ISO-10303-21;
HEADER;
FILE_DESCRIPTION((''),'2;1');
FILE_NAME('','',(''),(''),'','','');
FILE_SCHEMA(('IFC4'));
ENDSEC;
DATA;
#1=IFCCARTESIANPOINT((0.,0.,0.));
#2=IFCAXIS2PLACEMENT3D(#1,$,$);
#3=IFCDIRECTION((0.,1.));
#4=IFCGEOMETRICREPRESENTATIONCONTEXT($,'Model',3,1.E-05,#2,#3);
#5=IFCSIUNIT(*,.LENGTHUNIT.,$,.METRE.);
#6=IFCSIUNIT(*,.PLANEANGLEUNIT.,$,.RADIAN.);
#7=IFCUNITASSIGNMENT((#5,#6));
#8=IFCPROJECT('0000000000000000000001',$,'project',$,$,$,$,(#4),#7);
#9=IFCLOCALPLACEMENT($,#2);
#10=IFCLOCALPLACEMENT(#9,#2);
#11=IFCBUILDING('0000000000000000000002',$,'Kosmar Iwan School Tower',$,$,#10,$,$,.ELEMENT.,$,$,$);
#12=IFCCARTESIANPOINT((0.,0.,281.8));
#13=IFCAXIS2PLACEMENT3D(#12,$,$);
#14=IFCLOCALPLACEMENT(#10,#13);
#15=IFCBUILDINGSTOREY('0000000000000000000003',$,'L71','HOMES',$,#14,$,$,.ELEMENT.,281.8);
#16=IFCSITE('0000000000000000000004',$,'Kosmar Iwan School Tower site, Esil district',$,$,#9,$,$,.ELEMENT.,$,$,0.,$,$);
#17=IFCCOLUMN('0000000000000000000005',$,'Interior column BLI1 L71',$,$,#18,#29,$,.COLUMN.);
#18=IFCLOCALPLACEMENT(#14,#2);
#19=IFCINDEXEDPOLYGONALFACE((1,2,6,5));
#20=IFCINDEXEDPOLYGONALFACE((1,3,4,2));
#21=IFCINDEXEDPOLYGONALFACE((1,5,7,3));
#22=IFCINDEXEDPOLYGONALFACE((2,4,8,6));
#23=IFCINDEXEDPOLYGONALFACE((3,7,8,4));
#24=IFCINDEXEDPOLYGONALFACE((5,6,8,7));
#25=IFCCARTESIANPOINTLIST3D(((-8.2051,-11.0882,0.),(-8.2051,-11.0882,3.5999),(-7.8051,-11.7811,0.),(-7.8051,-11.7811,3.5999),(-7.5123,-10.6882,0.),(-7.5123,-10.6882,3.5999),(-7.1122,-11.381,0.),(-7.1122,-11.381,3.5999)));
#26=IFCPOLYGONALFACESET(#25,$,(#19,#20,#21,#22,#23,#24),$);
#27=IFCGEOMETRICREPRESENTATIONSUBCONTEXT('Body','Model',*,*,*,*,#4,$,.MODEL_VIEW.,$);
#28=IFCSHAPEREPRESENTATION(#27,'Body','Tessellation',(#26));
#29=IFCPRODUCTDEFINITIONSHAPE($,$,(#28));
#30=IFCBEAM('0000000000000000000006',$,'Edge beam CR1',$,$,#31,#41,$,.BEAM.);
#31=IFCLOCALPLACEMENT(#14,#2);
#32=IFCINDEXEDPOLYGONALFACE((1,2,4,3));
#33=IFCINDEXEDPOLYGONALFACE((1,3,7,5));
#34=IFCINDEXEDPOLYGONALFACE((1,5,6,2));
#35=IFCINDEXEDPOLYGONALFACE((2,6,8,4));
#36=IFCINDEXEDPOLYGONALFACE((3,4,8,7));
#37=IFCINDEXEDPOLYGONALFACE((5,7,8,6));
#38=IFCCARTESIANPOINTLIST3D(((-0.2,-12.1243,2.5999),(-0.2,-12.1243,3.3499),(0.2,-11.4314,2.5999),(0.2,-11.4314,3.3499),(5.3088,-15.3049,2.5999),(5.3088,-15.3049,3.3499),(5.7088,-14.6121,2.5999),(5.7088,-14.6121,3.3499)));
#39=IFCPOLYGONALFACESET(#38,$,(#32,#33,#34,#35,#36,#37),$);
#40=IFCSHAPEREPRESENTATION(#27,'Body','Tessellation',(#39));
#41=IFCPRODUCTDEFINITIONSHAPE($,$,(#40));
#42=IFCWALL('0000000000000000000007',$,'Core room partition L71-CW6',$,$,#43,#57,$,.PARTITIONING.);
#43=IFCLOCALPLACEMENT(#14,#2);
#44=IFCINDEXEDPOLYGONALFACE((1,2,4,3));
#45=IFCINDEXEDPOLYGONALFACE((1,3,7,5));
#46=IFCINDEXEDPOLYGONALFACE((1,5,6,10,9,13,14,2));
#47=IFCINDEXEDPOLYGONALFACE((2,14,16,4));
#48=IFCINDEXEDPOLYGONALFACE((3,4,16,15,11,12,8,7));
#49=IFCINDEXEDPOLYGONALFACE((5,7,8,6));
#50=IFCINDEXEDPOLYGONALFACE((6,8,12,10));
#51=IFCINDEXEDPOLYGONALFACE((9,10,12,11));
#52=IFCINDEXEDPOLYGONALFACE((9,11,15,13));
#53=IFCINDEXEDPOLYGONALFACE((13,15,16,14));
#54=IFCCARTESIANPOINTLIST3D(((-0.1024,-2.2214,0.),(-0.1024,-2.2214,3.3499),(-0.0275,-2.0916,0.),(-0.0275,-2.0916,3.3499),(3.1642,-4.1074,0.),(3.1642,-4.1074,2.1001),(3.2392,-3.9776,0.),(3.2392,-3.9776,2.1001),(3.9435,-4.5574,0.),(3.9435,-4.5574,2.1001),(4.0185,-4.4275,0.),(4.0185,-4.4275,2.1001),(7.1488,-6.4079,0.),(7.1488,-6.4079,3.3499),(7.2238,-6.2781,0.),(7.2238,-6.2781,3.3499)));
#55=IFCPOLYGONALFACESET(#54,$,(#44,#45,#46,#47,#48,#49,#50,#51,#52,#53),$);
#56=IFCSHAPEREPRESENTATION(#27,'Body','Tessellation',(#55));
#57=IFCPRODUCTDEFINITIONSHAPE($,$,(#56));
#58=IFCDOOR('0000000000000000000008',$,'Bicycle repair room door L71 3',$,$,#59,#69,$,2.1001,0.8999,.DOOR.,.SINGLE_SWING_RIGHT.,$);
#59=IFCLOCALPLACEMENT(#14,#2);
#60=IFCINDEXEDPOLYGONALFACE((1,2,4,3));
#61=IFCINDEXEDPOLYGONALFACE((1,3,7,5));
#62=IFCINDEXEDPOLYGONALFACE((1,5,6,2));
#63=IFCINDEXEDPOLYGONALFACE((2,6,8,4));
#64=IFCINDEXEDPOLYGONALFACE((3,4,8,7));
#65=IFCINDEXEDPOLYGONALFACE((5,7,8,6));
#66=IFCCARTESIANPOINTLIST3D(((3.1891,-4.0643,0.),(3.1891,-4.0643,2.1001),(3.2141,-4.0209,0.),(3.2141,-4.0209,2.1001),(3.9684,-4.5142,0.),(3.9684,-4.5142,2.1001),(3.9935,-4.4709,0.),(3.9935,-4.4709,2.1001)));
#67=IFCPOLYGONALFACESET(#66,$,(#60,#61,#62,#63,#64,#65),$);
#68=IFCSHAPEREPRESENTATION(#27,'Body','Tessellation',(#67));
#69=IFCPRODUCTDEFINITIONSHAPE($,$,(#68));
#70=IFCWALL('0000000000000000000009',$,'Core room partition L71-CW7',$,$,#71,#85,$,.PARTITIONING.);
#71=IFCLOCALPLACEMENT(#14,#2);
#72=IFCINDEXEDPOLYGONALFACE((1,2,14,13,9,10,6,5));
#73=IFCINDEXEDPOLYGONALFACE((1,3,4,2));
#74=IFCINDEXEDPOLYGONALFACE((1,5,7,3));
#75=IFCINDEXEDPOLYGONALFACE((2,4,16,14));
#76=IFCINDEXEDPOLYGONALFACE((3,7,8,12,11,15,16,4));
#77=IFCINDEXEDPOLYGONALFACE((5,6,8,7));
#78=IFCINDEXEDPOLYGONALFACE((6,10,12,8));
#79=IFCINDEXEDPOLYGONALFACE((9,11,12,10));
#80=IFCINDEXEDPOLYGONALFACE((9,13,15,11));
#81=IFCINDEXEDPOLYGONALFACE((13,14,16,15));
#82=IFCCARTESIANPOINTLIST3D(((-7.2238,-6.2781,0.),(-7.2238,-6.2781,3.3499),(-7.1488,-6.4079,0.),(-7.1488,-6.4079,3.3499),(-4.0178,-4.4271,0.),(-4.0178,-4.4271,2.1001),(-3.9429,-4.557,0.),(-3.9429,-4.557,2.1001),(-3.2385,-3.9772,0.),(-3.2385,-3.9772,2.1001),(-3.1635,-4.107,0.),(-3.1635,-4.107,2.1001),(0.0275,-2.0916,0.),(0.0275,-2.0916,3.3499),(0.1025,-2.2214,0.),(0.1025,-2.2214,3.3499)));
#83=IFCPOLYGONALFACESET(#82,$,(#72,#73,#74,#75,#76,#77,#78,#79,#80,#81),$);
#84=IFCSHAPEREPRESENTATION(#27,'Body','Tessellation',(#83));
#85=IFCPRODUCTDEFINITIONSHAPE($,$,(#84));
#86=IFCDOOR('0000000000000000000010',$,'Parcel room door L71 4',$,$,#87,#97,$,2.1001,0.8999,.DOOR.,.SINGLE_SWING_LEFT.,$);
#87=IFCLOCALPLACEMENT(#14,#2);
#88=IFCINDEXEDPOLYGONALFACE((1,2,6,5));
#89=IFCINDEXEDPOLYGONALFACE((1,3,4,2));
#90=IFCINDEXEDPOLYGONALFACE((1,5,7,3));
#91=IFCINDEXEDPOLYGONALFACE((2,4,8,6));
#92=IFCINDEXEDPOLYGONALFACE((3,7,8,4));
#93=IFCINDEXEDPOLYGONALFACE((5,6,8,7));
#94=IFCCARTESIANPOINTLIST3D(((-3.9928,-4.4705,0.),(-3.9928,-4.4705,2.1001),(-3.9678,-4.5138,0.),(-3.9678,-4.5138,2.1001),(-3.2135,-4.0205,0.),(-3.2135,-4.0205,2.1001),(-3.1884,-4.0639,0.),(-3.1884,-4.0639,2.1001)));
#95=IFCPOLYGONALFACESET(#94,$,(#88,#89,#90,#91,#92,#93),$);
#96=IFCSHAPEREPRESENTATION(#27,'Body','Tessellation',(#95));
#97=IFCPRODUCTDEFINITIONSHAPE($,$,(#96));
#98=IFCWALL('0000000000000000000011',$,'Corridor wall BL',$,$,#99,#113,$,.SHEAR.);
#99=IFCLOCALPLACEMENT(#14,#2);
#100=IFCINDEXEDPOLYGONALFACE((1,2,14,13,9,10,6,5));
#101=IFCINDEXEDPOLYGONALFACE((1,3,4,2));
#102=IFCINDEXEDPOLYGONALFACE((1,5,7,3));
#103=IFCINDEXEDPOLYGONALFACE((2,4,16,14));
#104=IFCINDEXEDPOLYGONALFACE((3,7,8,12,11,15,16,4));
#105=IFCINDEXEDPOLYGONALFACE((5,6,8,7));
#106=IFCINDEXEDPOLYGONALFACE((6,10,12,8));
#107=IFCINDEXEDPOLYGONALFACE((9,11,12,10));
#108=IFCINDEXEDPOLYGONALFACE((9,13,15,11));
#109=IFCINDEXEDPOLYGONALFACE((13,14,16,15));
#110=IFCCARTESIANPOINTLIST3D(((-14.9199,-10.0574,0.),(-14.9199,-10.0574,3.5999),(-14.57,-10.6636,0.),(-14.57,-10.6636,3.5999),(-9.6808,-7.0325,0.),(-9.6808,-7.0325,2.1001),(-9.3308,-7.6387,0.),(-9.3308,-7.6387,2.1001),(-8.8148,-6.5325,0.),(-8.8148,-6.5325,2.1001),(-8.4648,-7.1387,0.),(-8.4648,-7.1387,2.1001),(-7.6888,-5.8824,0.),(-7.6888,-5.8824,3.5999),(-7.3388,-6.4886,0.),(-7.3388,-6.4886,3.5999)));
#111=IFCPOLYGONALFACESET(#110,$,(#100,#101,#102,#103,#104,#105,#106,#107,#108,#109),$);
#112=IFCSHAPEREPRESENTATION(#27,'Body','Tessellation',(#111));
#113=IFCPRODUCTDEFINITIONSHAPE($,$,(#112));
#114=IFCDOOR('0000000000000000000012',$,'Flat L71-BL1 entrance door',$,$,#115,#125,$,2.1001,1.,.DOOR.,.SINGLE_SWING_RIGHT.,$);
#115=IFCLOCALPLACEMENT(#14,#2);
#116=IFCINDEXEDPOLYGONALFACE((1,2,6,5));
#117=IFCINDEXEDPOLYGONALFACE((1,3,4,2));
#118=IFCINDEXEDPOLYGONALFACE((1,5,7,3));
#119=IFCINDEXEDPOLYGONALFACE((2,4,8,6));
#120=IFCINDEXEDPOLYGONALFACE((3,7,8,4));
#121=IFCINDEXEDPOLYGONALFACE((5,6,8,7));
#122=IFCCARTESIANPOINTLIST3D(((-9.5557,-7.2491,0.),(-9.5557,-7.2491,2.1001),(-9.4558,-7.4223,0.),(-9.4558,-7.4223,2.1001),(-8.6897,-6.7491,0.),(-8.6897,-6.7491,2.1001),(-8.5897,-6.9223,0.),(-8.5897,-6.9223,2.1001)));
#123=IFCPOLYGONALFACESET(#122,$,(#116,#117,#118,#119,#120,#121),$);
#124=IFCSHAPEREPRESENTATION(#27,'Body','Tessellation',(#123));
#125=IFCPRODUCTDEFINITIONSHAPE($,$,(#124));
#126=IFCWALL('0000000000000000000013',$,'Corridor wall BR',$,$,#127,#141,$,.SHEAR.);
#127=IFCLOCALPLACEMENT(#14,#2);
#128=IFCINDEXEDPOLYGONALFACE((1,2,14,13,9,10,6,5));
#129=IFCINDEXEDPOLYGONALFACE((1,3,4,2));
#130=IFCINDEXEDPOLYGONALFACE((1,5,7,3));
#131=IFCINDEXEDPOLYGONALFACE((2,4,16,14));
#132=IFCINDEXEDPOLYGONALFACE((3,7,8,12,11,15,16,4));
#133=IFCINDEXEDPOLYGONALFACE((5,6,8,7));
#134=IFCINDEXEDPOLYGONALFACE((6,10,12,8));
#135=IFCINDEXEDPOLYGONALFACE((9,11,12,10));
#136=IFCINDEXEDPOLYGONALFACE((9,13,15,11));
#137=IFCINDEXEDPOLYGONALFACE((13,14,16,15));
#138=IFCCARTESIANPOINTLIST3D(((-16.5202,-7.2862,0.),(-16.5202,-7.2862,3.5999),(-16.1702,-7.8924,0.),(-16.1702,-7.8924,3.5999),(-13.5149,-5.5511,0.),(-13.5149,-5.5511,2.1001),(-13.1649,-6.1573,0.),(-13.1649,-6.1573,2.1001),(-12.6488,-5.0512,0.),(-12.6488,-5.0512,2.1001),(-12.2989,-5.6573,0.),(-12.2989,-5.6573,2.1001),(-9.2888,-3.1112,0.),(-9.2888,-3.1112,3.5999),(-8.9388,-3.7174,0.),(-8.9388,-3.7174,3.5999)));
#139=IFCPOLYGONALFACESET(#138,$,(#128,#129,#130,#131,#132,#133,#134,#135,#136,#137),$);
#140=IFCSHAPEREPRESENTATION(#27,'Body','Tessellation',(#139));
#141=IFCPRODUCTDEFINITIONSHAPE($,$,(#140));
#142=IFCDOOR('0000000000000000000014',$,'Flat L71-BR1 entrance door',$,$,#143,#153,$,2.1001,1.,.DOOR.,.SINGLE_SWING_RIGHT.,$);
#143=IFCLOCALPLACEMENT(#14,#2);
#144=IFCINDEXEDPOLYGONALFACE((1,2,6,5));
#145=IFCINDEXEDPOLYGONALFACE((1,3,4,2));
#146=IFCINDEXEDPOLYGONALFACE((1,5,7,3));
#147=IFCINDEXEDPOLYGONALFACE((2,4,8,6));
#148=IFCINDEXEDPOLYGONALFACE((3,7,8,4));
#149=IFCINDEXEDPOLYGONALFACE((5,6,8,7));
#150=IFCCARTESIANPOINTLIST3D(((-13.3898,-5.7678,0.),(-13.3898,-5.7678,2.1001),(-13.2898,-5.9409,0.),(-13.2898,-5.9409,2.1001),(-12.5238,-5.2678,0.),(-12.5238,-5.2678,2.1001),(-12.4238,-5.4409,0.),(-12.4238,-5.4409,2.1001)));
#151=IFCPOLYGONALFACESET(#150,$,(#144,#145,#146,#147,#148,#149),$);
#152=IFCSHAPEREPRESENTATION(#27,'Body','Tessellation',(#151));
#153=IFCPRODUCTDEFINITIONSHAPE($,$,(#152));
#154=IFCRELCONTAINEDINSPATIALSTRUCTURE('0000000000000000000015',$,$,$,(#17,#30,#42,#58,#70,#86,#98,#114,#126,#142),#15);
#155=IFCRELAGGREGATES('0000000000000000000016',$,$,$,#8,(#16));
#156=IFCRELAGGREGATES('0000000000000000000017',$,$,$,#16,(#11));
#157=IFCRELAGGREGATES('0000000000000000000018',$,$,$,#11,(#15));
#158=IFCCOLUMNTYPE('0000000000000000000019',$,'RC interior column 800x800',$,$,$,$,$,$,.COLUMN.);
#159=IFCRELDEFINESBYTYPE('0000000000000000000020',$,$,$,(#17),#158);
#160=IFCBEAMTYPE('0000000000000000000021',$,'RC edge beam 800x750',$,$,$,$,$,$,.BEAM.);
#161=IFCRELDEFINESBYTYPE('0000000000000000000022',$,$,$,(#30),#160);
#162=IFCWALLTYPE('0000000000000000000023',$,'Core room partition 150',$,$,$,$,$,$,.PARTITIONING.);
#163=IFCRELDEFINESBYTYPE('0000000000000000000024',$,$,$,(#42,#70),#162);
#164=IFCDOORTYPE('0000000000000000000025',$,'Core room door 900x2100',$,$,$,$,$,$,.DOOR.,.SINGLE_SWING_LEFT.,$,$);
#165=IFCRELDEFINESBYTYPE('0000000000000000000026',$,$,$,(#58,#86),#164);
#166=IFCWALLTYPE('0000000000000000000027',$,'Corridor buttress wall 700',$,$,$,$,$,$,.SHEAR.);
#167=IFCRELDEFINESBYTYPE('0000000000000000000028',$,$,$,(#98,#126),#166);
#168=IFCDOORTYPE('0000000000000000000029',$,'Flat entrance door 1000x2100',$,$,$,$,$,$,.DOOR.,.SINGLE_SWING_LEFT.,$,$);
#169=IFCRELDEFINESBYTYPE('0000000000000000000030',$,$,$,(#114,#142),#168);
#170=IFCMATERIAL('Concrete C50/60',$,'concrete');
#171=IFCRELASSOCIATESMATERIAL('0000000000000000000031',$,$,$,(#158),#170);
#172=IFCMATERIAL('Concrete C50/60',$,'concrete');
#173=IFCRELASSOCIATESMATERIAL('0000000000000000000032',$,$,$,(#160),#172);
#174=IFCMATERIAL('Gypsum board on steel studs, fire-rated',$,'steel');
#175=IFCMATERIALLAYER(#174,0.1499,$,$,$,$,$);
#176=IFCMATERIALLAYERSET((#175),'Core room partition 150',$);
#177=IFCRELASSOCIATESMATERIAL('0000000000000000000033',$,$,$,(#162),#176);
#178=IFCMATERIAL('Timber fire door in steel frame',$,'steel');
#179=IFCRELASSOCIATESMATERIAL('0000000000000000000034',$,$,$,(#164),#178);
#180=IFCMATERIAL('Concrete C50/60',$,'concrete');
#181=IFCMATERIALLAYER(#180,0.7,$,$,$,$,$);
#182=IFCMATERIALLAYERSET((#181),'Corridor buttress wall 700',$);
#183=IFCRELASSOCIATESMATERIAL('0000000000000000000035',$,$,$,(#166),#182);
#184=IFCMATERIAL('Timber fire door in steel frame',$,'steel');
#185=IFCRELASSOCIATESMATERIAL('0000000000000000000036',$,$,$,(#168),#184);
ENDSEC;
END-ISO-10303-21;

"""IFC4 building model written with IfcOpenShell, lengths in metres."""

from ifc_helpers import new_model, si_unit, direction, frame, frame_2d, origin, origin_2d, place, context, subcontext, project, spatial, rectangle, extrude, material, layer, layer_set, material_profile, profile_set, type_object, element, fill, save


model = new_model("IFC4")

# Units and contexts
model_context = context("Model", 3, precision=1e-05, world=origin(), true_north=direction((0.0, 1.0)))
body_context = subcontext(model_context, "Body", "Model", "MODEL_VIEW")
ifc_project = project(units=[si_unit("LENGTHUNIT", "METRE"), si_unit("PLANEANGLEUNIT", "RADIAN")], contexts=[model_context])

# Site, building, storey
site_placement = place(None, origin())
site = spatial("IfcSite", under=ifc_project, at=site_placement, Name="Kosmar Iwan School Tower site, Esil district", CompositionType="ELEMENT", RefElevation=0.0)
building_placement = place(site_placement, origin())
building = spatial("IfcBuilding", under=site, at=building_placement, Name="Kosmar Iwan School Tower", CompositionType="ELEMENT")
storey_placement = place(building_placement, frame((0.0, 0.0, 281.8)))
storey = spatial("IfcBuildingStorey", under=building, at=storey_placement, Name="L71", Description="HOMES", CompositionType="ELEMENT", Elevation=281.8)

# Column
ifc_material_1 = material(Name="Concrete C50/60", Category="concrete")
ifc_material_profile_1 = material_profile(ifc_material_1, rectangle(XDim=0.8, YDim=0.8, at=origin_2d()), Name="RC 800x800")
ifc_profile_set_1 = profile_set([ifc_material_profile_1], Name="Concrete C50/60")
column_type = type_object("IfcColumnType", Name="RC interior column 800x800", PredefinedType="COLUMN", material=ifc_profile_set_1)
column_placement = place(storey_placement, frame((-7.6587, -11.2346, 0.0), z_axis=(0.0, 0.0, 1.0), x_axis=(-0.866025, -0.5, 0.0)))
element("IfcColumn", 1, at=column_placement, inside=storey, type_object=column_type, Name="Interior column BLI1 L71", PredefinedType="COLUMN", context=body_context, shape_type="SweptSolid", body=[
    extrude(rectangle(XDim=0.8, YDim=0.8, at=origin_2d()), origin(), (0.0, 0.0, 1.0), 3.5999),
])

# Beam
ifc_material_2 = material(Name="Concrete C50/60", Category="concrete")
ifc_material_profile_2 = material_profile(ifc_material_2, rectangle(XDim=0.8, YDim=0.75, at=origin_2d()), Name="RC 800x750")
ifc_profile_set_2 = profile_set([ifc_material_profile_2], Name="Concrete C50/60")
beam_type = type_object("IfcBeamType", Name="RC edge beam 800x750", PredefinedType="BEAM", material=ifc_profile_set_2)
beam_placement = place(storey_placement, frame((0.0, -11.7778, 2.9749), z_axis=(0.866014, -0.500019, 0.0), x_axis=(0.500019, 0.866014, 0.0)))
element("IfcBeam", 2, at=beam_placement, inside=storey, type_object=beam_type, Name="Edge beam CR1", PredefinedType="BEAM", context=body_context, shape_type="SweptSolid", body=[
    extrude(rectangle(XDim=0.8, YDim=0.75, at=origin_2d()), origin(), (0.0, 0.0, 1.0), 6.3611),
])

# Walls, openings, doors
ifc_material_3 = material(Name="Gypsum board on steel studs, fire-rated", Category="steel")
ifc_layer_1 = layer(ifc_material_3, 0.1499)
ifc_layer_set_1 = layer_set([ifc_layer_1], Name="Core room partition 150")
wall_type_1 = type_object("IfcWallType", Name="Core room partition 150", PredefinedType="PARTITIONING", material=ifc_layer_set_1)
wall_1_placement = place(storey_placement, frame((-0.0649, -2.1565, 0.0), z_axis=(0.0, 0.0, 1.0), x_axis=(0.866024, -0.500003, 0.0)))
wall_1 = element("IfcWall", 3, at=wall_1_placement, inside=storey, type_object=wall_type_1, Name="Core room partition L71-CW6", PredefinedType="PARTITIONING", context=body_context, shape_type="SweptSolid", body=[
    extrude(rectangle(XDim=8.373, YDim=0.1499, at=frame_2d((4.1865, 0.0))), origin(), (0.0, 0.0, 1.0), 3.3499),
])
opening_1_placement = place(wall_1_placement, frame((3.772, 0.0, 0.0)))
opening_1 = element("IfcOpeningElement", 4, at=opening_1_placement, cuts=wall_1, PredefinedType="OPENING", context=body_context, shape_type="SweptSolid", body=[
    extrude(rectangle(XDim=0.8999, YDim=2.1001, at=frame_2d((0.45, 1.05))), frame((0.0, 0.0869, 0.0), z_axis=(0.0, -1.0, 0.0), x_axis=(1.0, 0.0, 0.0)), (0.0, 0.0, 1.0), 0.1738),
])
ifc_material_4 = material(Name="Timber fire door in steel frame", Category="steel")
door_type_1 = type_object("IfcDoorType", Name="Core room door 900x2100", OperationType="SINGLE_SWING_LEFT", PredefinedType="DOOR", material=ifc_material_4)
door_1_placement = place(opening_1_placement, origin())
door_1 = element("IfcDoor", 5, at=door_1_placement, inside=storey, type_object=door_type_1, Name="Bicycle repair room door L71 3", OperationType="SINGLE_SWING_RIGHT", OverallHeight=2.1001, OverallWidth=0.8999, PredefinedType="DOOR", context=body_context, shape_type="SweptSolid", body=[
    extrude(rectangle(XDim=0.8999, YDim=2.1001, at=frame_2d((0.45, 1.05))), frame((0.0, 0.0249, 0.0), z_axis=(0.0, -1.0, 0.0), x_axis=(1.0, 0.0, 0.0)), (0.0, 0.0, 1.0), 0.05),
])
fill(opening_1, door_1)
wall_2_placement = place(storey_placement, frame((-7.1863, -6.343, 0.0), z_axis=(0.0, 0.0, 1.0), x_axis=(0.866024, 0.500003, 0.0)))
wall_2 = element("IfcWall", 6, at=wall_2_placement, inside=storey, type_object=wall_type_1, Name="Core room partition L71-CW7", PredefinedType="PARTITIONING", context=body_context, shape_type="SweptSolid", body=[
    extrude(rectangle(XDim=8.373, YDim=0.1499, at=frame_2d((4.1865, 0.0))), origin(), (0.0, 0.0, 1.0), 3.3499),
])
opening_2_placement = place(wall_2_placement, frame((3.7019, 0.0, 0.0)))
opening_2 = element("IfcOpeningElement", 7, at=opening_2_placement, cuts=wall_2, PredefinedType="OPENING", context=body_context, shape_type="SweptSolid", body=[
    extrude(rectangle(XDim=0.8999, YDim=2.1001, at=frame_2d((0.45, 1.05))), frame((0.0, 0.0869, 0.0), z_axis=(0.0, -1.0, 0.0), x_axis=(1.0, 0.0, 0.0)), (0.0, 0.0, 1.0), 0.1738),
])
door_2_placement = place(opening_2_placement, origin())
door_2 = element("IfcDoor", 8, at=door_2_placement, inside=storey, type_object=door_type_1, Name="Parcel room door L71 4", OperationType="SINGLE_SWING_LEFT", OverallHeight=2.1001, OverallWidth=0.8999, PredefinedType="DOOR", context=body_context, shape_type="SweptSolid", body=[
    extrude(rectangle(XDim=0.8999, YDim=2.1001, at=frame_2d((0.45, 1.05))), frame((0.0, 0.0249, 0.0), z_axis=(0.0, -1.0, 0.0), x_axis=(1.0, 0.0, 0.0)), (0.0, 0.0, 1.0), 0.05),
])
fill(opening_2, door_2)
ifc_material_5 = material(Name="Concrete C50/60", Category="concrete")
ifc_layer_2 = layer(ifc_material_5, 0.7)
ifc_layer_set_2 = layer_set([ifc_layer_2], Name="Corridor buttress wall 700")
wall_type_2 = type_object("IfcWallType", Name="Corridor buttress wall 700", PredefinedType="SHEAR", material=ifc_layer_set_2)
wall_3_placement = place(storey_placement, frame((-7.5139, -6.1855, 0.0), z_axis=(0.0, 0.0, 1.0), x_axis=(-0.86602, -0.50001, 0.0)))
wall_3 = element("IfcWall", 9, at=wall_3_placement, inside=storey, type_object=wall_type_2, Name="Corridor wall BL", PredefinedType="SHEAR", context=body_context, shape_type="SweptSolid", body=[
    extrude(rectangle(XDim=8.3499, YDim=0.7, at=frame_2d((4.1748, 0.0))), origin(), (0.0, 0.0, 1.0), 3.5999),
])
opening_3_placement = place(wall_3_placement, frame((1.3, 0.0, 0.0)))
opening_3 = element("IfcOpeningElement", 10, at=opening_3_placement, cuts=wall_3, PredefinedType="OPENING", context=body_context, shape_type="SweptSolid", body=[
    extrude(rectangle(XDim=1.0, YDim=2.1001, at=frame_2d((0.5, 1.05))), frame((0.0, 0.3621, 0.0), z_axis=(0.0, -1.0, 0.0), x_axis=(1.0, 0.0, 0.0)), (0.0, 0.0, 1.0), 0.7239),
])
ifc_material_6 = material(Name="Timber fire door in steel frame", Category="steel")
door_type_2 = type_object("IfcDoorType", Name="Flat entrance door 1000x2100", OperationType="SINGLE_SWING_LEFT", PredefinedType="DOOR", material=ifc_material_6)
door_3_placement = place(opening_3_placement, origin())
door_3 = element("IfcDoor", 11, at=door_3_placement, inside=storey, type_object=door_type_2, Name="Flat L71-BL1 entrance door", OperationType="SINGLE_SWING_RIGHT", OverallHeight=2.1001, OverallWidth=1.0, PredefinedType="DOOR", context=body_context, shape_type="SweptSolid", body=[
    extrude(rectangle(XDim=1.0, YDim=2.1001, at=frame_2d((0.5, 1.05))), frame((0.0, 0.1001, 0.0), z_axis=(0.0, -1.0, 0.0), x_axis=(1.0, 0.0, 0.0)), (0.0, 0.0, 1.0), 0.2),
])
fill(opening_3, door_3)
wall_4_placement = place(storey_placement, frame((-9.1138, -3.4143, 0.0), z_axis=(0.0, 0.0, 1.0), x_axis=(-0.866027, -0.499997, 0.0)))
wall_4 = element("IfcWall", 12, at=wall_4_placement, inside=storey, type_object=wall_type_2, Name="Corridor wall BR", PredefinedType="SHEAR", context=body_context, shape_type="SweptSolid", body=[
    extrude(rectangle(XDim=8.3501, YDim=0.7, at=frame_2d((4.175, 0.0))), origin(), (0.0, 0.0, 1.0), 3.5999),
])
opening_4_placement = place(wall_4_placement, frame((3.8799, 0.0, 0.0)))
opening_4 = element("IfcOpeningElement", 13, at=opening_4_placement, cuts=wall_4, PredefinedType="OPENING", context=body_context, shape_type="SweptSolid", body=[
    extrude(rectangle(XDim=1.0, YDim=2.1001, at=frame_2d((0.5, 1.05))), frame((0.0, 0.3621, 0.0), z_axis=(0.0, -1.0, 0.0), x_axis=(1.0, 0.0, 0.0)), (0.0, 0.0, 1.0), 0.7239),
])
door_4_placement = place(opening_4_placement, origin())
door_4 = element("IfcDoor", 14, at=door_4_placement, inside=storey, type_object=door_type_2, Name="Flat L71-BR1 entrance door", OperationType="SINGLE_SWING_RIGHT", OverallHeight=2.1001, OverallWidth=1.0, PredefinedType="DOOR", context=body_context, shape_type="SweptSolid", body=[
    extrude(rectangle(XDim=1.0, YDim=2.1001, at=frame_2d((0.5, 1.05))), frame((0.0, 0.1001, 0.0), z_axis=(0.0, -1.0, 0.0), x_axis=(1.0, 0.0, 0.0)), (0.0, 0.0, 1.0), 0.2),
])
fill(opening_4, door_4)

save(model, "model.ifc")
